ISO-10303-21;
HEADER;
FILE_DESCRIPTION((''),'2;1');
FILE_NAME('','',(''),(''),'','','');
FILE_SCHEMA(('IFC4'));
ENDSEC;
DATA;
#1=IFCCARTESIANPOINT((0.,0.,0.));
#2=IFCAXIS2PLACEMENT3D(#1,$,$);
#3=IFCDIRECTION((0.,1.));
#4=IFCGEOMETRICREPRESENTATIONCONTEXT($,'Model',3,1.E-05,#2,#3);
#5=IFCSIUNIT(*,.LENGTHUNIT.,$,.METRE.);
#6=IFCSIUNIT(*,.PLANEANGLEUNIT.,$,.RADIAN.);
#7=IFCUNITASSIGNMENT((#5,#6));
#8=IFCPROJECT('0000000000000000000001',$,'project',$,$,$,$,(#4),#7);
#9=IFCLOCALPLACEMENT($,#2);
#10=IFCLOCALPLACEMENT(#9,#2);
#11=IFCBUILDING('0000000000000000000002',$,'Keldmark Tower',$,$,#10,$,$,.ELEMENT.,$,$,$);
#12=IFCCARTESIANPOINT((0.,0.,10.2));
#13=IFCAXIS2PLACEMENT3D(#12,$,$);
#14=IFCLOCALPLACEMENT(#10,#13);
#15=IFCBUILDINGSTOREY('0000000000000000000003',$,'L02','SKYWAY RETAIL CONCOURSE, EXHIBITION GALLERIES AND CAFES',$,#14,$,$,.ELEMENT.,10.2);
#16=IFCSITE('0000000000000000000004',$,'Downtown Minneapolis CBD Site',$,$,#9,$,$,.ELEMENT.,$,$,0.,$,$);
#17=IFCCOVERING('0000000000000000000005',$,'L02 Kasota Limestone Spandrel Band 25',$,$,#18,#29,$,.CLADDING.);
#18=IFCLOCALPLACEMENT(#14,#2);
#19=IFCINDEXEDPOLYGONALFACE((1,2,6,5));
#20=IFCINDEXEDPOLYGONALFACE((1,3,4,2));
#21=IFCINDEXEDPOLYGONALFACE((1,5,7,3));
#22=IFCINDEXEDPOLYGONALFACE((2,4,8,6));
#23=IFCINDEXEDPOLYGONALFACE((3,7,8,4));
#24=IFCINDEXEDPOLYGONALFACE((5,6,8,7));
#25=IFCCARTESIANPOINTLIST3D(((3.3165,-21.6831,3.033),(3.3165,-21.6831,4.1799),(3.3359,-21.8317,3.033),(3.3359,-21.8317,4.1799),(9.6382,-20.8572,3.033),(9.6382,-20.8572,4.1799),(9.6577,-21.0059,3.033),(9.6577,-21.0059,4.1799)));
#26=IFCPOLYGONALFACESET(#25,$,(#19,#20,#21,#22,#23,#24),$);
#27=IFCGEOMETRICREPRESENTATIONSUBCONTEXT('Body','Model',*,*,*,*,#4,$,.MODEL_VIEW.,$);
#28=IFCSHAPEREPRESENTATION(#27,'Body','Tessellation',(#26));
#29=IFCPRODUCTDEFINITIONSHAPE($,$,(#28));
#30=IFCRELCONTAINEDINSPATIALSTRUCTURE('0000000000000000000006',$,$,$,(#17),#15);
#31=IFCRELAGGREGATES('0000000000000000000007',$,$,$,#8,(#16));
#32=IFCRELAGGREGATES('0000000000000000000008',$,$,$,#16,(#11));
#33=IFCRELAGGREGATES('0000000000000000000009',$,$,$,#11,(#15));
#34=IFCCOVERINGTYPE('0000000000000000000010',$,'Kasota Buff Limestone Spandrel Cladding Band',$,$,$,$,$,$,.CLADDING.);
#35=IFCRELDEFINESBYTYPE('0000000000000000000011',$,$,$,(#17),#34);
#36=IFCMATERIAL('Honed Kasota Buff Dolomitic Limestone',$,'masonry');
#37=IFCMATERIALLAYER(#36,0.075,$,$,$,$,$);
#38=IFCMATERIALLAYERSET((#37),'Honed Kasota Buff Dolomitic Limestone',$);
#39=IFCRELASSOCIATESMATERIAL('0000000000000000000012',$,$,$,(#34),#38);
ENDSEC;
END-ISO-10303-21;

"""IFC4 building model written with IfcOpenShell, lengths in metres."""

from ifc_helpers import new_model, si_unit, direction, frame, origin, origin_2d, place, context, subcontext, project, spatial, rectangle, extrude, material, layer, layer_set, type_object, element, save


model = new_model("IFC4")

# Units and contexts
model_context = context("Model", 3, precision=1e-05, world=origin(), true_north=direction((0.0, 1.0)))
body_context = subcontext(model_context, "Body", "Model", "MODEL_VIEW")
ifc_project = project(units=[si_unit("LENGTHUNIT", "METRE"), si_unit("PLANEANGLEUNIT", "RADIAN")], contexts=[model_context])

# Site, building, storey
site_placement = place(None, origin())
site = spatial("IfcSite", under=ifc_project, at=site_placement, Name="Downtown Minneapolis CBD Site", CompositionType="ELEMENT", RefElevation=0.0)
building_placement = place(site_placement, origin())
building = spatial("IfcBuilding", under=site, at=building_placement, Name="Keldmark Tower", CompositionType="ELEMENT")
storey_placement = place(building_placement, frame((0.0, 0.0, 10.2)))
storey = spatial("IfcBuildingStorey", under=building, at=storey_placement, Name="L02", Description="SKYWAY RETAIL CONCOURSE, EXHIBITION GALLERIES AND CAFES", CompositionType="ELEMENT", Elevation=10.2)

# Covering
ifc_material_1 = material(Name="Honed Kasota Buff Dolomitic Limestone", Category="masonry")
ifc_layer_1 = layer(ifc_material_1, 0.075)
ifc_layer_set_1 = layer_set([ifc_layer_1], Name="Honed Kasota Buff Dolomitic Limestone")
covering_type = type_object("IfcCoveringType", Name="Kasota Buff Limestone Spandrel Cladding Band", PredefinedType="CLADDING", material=ifc_layer_set_1)
covering_placement = place(storey_placement, frame((6.4871, -21.3445, 3.033), z_axis=(0.0, 0.0, 1.0), x_axis=(0.991574, 0.12954, 0.0)))
element("IfcCovering", 1, at=covering_placement, inside=storey, type_object=covering_type, Name="L02 Kasota Limestone Spandrel Band 25", PredefinedType="CLADDING", context=body_context, shape_type="SweptSolid", body=[
    extrude(rectangle(XDim=6.3755, YDim=0.1499, at=origin_2d()), origin(), (0.0, 0.0, 1.0), 1.147),
])

save(model, "model.ifc")
